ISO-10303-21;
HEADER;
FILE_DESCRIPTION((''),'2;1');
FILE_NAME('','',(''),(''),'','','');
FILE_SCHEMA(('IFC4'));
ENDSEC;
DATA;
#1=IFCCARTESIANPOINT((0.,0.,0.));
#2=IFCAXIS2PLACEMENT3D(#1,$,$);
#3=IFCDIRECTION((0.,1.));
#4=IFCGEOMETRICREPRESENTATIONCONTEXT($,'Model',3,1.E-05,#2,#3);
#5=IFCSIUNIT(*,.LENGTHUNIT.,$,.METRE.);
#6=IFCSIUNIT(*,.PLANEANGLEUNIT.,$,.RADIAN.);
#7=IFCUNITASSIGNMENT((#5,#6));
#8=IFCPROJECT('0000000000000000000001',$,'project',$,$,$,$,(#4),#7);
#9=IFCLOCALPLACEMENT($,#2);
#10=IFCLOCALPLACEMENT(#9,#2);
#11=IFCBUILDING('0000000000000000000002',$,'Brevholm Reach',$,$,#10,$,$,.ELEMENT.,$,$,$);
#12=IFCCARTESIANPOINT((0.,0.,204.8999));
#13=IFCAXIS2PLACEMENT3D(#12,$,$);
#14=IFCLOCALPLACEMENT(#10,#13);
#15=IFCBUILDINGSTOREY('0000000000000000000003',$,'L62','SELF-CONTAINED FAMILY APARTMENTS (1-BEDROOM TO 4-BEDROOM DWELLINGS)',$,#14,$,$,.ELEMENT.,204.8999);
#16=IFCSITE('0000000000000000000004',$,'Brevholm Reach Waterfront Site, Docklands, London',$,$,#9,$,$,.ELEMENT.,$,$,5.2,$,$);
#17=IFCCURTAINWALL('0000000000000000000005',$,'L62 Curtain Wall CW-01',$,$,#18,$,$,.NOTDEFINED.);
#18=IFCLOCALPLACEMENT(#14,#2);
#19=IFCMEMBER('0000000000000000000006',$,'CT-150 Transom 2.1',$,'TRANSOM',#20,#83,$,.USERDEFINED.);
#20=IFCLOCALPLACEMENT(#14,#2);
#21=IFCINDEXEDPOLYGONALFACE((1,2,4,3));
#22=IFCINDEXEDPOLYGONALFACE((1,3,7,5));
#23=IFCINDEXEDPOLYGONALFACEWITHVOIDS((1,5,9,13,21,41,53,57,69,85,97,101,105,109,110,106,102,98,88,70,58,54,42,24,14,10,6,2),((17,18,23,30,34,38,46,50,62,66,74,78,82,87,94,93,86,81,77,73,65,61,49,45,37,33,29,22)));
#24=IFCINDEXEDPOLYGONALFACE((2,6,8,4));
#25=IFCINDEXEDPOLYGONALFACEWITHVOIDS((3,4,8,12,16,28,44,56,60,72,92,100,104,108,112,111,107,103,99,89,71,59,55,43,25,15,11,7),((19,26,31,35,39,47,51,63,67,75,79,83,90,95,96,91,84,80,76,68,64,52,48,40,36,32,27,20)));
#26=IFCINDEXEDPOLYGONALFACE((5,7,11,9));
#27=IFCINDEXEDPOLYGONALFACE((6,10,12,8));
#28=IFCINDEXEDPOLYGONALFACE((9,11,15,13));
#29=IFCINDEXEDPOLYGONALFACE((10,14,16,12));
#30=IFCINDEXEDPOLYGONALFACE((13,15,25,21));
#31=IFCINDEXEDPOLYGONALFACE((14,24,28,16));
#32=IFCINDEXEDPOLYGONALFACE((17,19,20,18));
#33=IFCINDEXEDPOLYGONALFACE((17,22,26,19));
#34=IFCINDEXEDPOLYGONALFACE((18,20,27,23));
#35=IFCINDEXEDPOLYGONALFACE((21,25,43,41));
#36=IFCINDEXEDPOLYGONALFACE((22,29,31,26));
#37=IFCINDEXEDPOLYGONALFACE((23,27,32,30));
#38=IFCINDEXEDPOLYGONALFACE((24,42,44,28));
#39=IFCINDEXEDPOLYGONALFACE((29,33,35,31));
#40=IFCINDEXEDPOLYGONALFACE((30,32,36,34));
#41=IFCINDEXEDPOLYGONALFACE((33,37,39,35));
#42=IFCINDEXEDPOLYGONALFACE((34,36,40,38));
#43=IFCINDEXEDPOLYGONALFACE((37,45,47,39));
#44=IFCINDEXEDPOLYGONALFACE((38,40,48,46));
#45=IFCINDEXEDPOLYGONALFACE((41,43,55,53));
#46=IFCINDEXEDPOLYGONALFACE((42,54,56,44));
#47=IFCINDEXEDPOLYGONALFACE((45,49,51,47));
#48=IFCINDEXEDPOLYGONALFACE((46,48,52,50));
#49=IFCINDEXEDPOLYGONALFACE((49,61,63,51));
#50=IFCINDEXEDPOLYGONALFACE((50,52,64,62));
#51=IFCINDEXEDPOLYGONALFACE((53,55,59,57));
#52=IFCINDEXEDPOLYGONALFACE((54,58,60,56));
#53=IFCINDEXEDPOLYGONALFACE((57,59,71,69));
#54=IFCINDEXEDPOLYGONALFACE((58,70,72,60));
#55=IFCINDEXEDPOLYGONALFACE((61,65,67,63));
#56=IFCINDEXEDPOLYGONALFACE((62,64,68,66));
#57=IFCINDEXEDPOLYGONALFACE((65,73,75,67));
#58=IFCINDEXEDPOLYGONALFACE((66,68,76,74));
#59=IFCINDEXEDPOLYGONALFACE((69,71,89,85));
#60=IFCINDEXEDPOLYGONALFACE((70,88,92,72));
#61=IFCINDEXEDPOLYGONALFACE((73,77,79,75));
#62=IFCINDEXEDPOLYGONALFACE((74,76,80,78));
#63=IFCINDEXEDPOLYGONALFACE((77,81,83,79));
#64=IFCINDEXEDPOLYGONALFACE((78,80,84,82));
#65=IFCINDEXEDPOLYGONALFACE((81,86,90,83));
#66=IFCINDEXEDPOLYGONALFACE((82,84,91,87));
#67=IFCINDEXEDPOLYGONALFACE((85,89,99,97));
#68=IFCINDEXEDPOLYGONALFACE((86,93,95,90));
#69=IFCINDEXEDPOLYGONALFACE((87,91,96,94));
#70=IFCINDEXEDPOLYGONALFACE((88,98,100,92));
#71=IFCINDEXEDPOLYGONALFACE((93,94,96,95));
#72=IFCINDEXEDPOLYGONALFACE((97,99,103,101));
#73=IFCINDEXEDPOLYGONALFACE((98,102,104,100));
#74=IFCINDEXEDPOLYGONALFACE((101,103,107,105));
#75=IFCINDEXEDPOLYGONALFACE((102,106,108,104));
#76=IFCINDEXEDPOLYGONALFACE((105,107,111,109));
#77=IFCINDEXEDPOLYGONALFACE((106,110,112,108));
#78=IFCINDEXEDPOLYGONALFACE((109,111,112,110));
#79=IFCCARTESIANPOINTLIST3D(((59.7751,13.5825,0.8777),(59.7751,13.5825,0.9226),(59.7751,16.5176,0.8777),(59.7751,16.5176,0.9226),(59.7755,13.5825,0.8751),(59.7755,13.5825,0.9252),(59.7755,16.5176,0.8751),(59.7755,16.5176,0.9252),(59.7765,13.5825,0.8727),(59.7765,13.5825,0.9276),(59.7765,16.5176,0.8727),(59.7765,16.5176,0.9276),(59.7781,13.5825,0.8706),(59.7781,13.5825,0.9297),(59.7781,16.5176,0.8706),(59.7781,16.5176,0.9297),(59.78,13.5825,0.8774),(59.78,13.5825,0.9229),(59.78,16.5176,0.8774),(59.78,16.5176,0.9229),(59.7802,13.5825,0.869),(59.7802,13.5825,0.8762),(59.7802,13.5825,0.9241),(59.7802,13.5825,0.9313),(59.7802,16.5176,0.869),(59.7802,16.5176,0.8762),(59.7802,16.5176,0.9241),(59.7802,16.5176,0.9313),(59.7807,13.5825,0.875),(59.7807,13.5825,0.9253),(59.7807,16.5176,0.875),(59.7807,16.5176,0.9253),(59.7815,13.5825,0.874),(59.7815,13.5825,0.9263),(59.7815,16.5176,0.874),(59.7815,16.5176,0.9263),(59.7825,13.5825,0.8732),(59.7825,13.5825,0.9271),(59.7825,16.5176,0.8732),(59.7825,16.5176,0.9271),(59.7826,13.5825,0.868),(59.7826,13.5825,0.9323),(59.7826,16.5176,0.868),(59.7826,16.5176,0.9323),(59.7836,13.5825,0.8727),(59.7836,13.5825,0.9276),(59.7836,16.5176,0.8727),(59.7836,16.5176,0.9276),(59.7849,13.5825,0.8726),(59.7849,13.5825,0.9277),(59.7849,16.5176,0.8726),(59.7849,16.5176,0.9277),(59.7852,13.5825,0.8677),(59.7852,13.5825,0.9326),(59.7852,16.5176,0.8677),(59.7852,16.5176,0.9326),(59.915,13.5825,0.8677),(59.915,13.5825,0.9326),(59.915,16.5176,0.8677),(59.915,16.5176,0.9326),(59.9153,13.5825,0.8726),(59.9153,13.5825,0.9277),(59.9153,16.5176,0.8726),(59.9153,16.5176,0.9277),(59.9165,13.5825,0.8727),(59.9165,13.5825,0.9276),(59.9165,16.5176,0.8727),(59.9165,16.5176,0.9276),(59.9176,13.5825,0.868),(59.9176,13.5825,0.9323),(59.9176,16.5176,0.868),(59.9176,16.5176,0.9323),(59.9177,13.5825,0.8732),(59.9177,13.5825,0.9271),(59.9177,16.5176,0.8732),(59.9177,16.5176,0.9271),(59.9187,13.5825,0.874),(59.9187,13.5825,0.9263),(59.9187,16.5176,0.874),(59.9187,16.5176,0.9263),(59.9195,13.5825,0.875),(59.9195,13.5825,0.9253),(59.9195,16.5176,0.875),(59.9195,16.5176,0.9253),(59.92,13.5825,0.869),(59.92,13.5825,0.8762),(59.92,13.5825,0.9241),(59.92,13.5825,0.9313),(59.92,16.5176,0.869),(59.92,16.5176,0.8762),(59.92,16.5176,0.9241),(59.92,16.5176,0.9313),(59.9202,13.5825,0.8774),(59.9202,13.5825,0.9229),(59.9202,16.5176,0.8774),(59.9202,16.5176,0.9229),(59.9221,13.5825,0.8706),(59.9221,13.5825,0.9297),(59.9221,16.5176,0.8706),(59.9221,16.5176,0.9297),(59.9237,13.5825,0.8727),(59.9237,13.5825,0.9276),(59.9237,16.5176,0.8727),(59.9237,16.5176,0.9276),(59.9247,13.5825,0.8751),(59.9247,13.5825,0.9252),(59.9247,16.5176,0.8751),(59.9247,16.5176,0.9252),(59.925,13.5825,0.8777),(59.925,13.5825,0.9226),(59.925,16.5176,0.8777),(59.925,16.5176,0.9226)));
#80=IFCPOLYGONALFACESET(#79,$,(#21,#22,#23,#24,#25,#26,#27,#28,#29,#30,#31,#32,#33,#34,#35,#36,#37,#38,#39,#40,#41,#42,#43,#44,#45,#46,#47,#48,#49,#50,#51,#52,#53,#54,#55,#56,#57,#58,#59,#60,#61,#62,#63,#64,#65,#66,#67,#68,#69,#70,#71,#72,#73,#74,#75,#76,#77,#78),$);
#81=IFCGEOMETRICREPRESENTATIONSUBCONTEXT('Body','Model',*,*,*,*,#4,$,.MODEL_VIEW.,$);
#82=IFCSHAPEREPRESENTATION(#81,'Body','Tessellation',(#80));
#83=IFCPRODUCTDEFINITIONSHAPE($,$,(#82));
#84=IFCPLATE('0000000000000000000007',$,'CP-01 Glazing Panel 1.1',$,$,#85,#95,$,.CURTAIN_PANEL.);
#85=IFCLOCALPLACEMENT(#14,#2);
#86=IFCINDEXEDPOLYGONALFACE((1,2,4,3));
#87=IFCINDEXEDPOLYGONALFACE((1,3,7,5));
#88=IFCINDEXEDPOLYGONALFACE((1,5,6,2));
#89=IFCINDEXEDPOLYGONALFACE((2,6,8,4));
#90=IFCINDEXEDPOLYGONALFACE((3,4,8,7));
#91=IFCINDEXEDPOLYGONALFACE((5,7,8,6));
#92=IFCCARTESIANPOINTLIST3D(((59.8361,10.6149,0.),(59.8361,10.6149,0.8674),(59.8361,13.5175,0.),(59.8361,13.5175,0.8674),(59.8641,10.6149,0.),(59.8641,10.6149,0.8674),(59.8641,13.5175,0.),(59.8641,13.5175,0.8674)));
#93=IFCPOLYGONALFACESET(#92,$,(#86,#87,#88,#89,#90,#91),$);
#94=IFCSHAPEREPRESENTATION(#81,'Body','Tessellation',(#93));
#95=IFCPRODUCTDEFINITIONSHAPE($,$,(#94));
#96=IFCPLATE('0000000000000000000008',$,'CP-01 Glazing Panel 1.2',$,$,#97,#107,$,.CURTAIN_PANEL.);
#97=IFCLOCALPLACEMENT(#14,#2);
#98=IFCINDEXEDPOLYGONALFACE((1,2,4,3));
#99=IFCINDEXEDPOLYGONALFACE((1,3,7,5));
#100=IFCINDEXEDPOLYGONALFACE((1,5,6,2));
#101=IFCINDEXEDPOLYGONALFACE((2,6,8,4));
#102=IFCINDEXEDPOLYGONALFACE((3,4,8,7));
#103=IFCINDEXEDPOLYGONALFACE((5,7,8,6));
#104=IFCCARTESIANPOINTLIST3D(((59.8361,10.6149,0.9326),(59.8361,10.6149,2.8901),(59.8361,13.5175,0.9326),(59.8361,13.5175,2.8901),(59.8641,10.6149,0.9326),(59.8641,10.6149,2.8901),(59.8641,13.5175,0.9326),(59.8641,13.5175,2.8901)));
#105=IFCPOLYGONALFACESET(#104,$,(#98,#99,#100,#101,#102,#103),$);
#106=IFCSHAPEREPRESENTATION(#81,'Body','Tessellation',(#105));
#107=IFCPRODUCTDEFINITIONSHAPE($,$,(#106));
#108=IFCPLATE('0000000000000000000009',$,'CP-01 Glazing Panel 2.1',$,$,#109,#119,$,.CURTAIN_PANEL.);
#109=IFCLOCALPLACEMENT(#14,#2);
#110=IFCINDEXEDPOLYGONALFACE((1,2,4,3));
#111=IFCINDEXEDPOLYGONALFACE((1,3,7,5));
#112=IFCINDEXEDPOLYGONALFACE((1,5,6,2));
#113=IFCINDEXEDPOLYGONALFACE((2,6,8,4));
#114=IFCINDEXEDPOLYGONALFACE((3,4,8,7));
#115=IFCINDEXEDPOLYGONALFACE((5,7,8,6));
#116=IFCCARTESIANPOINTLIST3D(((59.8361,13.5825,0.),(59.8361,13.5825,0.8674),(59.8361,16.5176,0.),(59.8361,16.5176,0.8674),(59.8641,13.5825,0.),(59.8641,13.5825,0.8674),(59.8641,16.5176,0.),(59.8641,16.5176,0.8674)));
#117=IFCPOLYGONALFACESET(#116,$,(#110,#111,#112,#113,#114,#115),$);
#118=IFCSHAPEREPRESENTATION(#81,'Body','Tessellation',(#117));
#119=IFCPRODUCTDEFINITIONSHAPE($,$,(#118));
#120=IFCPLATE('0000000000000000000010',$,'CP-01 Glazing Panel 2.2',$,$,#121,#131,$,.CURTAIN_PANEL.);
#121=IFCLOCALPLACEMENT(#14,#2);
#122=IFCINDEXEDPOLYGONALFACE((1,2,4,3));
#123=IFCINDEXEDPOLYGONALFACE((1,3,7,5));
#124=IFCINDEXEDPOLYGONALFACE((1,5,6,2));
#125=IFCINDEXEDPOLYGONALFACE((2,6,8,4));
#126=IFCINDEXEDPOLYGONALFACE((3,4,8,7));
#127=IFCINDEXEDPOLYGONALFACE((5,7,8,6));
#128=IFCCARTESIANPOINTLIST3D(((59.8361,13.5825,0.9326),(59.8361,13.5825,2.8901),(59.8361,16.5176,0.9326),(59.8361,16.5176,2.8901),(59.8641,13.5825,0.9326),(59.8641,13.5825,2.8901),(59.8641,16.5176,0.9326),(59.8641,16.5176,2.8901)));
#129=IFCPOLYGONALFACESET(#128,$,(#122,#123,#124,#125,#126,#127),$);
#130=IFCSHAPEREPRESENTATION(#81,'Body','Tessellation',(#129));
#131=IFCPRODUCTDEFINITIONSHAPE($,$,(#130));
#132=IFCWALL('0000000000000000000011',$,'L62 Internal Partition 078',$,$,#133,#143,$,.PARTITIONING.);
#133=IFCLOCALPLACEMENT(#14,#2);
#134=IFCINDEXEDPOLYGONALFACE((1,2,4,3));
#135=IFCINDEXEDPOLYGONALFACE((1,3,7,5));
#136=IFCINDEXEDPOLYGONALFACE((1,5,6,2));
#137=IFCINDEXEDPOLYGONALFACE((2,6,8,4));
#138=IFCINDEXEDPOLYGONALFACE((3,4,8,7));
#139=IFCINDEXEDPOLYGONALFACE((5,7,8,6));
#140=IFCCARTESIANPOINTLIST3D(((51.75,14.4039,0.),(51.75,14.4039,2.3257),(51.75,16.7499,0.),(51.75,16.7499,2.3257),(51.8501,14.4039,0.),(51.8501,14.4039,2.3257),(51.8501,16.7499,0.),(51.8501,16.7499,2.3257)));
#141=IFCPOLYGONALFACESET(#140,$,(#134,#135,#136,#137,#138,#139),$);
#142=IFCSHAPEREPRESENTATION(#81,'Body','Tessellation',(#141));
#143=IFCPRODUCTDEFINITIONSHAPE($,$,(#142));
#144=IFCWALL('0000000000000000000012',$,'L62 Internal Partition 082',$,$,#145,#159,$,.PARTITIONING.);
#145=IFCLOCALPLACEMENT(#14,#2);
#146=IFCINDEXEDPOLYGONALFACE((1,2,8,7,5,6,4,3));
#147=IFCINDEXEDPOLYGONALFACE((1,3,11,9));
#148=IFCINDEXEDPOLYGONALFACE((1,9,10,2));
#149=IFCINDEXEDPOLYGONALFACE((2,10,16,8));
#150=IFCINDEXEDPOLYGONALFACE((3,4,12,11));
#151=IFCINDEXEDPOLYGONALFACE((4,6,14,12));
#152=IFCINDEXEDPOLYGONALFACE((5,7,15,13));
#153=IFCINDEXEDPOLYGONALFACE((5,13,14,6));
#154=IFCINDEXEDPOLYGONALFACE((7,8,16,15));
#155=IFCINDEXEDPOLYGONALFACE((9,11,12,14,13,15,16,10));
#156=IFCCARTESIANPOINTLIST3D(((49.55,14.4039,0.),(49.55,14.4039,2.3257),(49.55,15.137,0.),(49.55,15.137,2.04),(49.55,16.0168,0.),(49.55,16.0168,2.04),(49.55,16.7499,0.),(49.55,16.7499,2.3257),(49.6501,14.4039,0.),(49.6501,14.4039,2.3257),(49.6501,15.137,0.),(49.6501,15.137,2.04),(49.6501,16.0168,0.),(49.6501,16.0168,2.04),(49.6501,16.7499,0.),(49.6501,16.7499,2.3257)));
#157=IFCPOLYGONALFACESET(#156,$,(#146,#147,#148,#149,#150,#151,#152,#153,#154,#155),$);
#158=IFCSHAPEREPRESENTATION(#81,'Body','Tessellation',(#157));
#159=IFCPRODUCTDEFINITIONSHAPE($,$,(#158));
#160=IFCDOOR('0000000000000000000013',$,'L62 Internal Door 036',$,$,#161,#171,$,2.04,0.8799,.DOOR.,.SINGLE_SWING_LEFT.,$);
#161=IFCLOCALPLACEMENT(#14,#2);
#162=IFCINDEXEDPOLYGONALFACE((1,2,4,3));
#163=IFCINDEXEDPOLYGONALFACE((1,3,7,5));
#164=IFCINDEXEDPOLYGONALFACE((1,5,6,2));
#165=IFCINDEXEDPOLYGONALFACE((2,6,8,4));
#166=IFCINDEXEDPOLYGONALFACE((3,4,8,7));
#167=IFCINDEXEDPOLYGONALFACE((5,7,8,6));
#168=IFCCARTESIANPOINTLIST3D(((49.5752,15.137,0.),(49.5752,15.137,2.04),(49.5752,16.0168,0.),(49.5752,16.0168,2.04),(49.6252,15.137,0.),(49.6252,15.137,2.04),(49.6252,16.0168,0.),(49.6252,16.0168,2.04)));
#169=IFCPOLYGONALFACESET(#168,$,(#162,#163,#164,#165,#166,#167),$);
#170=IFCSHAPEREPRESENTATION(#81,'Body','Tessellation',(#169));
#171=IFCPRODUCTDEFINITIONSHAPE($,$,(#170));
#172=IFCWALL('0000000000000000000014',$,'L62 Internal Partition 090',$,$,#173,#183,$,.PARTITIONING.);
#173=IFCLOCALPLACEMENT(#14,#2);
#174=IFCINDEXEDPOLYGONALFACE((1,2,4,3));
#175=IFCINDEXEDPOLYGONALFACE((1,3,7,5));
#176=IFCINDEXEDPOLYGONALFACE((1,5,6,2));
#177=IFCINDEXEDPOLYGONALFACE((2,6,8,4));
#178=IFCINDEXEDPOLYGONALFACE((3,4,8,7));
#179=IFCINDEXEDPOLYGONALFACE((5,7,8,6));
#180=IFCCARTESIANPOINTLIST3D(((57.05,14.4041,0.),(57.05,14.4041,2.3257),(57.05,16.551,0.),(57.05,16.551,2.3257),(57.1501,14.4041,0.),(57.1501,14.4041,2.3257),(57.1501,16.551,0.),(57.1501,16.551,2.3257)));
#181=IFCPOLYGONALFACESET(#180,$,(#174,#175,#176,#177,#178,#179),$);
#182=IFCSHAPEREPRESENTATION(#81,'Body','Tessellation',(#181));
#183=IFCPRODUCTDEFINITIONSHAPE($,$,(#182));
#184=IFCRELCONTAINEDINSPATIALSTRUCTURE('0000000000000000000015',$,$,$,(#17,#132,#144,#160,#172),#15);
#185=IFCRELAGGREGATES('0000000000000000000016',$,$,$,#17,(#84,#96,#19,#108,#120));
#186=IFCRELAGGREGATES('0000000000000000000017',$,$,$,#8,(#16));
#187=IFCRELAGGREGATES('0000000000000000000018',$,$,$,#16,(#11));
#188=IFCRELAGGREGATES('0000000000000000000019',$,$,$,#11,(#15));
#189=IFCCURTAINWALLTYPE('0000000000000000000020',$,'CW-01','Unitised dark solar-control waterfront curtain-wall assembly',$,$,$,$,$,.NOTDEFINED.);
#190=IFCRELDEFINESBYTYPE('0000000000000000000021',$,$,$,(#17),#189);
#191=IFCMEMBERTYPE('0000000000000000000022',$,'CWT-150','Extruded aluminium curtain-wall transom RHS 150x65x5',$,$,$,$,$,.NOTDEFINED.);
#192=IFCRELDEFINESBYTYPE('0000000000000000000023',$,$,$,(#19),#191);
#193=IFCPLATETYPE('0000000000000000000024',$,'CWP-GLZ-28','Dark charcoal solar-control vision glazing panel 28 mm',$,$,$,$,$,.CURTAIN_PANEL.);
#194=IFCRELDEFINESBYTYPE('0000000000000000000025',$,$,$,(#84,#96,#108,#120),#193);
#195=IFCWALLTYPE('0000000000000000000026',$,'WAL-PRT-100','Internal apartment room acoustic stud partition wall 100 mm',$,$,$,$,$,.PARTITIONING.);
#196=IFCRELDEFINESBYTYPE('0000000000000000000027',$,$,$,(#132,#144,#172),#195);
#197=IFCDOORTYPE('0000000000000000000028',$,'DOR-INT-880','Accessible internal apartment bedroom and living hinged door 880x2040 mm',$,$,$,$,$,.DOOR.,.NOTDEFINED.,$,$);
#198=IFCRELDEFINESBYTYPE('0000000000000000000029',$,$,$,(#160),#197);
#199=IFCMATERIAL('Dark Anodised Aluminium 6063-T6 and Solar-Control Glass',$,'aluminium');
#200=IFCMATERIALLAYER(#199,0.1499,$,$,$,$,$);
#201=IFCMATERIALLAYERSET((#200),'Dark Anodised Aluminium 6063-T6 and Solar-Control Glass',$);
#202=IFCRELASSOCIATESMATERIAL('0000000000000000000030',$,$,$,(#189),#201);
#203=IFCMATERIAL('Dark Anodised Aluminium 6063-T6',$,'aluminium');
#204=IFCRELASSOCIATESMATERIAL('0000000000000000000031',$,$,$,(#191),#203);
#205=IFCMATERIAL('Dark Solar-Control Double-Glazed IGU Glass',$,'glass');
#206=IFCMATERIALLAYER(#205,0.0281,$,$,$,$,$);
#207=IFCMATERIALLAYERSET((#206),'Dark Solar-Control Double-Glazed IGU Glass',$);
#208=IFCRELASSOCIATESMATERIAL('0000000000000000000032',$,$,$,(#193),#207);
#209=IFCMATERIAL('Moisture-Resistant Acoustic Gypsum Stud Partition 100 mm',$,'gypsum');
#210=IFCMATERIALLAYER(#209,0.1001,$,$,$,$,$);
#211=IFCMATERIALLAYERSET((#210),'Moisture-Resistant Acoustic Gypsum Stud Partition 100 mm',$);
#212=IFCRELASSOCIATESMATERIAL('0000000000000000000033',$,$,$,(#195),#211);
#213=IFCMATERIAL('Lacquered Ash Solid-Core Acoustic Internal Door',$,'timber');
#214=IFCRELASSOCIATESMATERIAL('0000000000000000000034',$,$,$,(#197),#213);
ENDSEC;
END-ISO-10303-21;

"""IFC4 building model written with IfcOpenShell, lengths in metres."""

from ifc_helpers import new_model, si_unit, direction, frame, frame_2d, origin, origin_2d, place, context, subcontext, project, spatial, rectangle, hollow_rectangle, extrude, material, layer, layer_set, material_profile, profile_set, type_object, element, fill, aggregate, save


model = new_model("IFC4")

# Units and contexts
model_context = context("Model", 3, precision=1e-05, world=origin(), true_north=direction((0.0, 1.0)))
body_context = subcontext(model_context, "Body", "Model", "MODEL_VIEW")
ifc_project = project(units=[si_unit("LENGTHUNIT", "METRE"), si_unit("PLANEANGLEUNIT", "RADIAN")], contexts=[model_context])

# Site, building, storey
site_placement = place(None, origin())
site = spatial("IfcSite", under=ifc_project, at=site_placement, Name="Brevholm Reach Waterfront Site, Docklands, London", CompositionType="ELEMENT", RefElevation=5.2)
building_placement = place(site_placement, origin())
building = spatial("IfcBuilding", under=site, at=building_placement, Name="Brevholm Reach", CompositionType="ELEMENT")
storey_placement = place(building_placement, frame((0.0, 0.0, 204.8999)))
storey = spatial("IfcBuildingStorey", under=building, at=storey_placement, Name="L62", Description="SELF-CONTAINED FAMILY APARTMENTS (1-BEDROOM TO 4-BEDROOM DWELLINGS)", CompositionType="ELEMENT", Elevation=204.8999)

# Curtain wall, member, plates
ifc_material_1 = material(Name="Dark Anodised Aluminium 6063-T6 and Solar-Control Glass", Category="aluminium")
ifc_layer_1 = layer(ifc_material_1, 0.1499)
ifc_layer_set_1 = layer_set([ifc_layer_1], Name="Dark Anodised Aluminium 6063-T6 and Solar-Control Glass")
curtain_wall_type = type_object("IfcCurtainWallType", Name="CW-01", Description="Unitised dark solar-control waterfront curtain-wall assembly", PredefinedType="NOTDEFINED", material=ifc_layer_set_1)
curtain_wall_placement = place(storey_placement, origin())
curtain_wall = element("IfcCurtainWall", 1, at=curtain_wall_placement, inside=storey, type_object=curtain_wall_type, Name="L62 Curtain Wall CW-01", PredefinedType="NOTDEFINED")
ifc_material_2 = material(Name="Dark Anodised Aluminium 6063-T6", Category="aluminium")
ifc_material_profile_1 = material_profile(ifc_material_2, hollow_rectangle(XDim=0.0649, YDim=0.1499, WallThickness=0.0049, InnerFilletRadius=0.0049, OuterFilletRadius=0.01, at=origin_2d()), Name="RHS 150x65x5")
ifc_profile_set_1 = profile_set([ifc_material_profile_1], Name="Dark Anodised Aluminium 6063-T6")
member_type_1 = type_object("IfcMemberType", Name="CWT-150", Description="Extruded aluminium curtain-wall transom RHS 150x65x5", PredefinedType="NOTDEFINED", material=ifc_profile_set_1)
member_1_placement = place(storey_placement, frame((59.8501, 13.5825, 0.9001), z_axis=(0.0, 1.0, 0.0), x_axis=(0.0, 0.0, 1.0)))
member_1 = element("IfcMember", 2, at=member_1_placement, type_object=member_type_1, Name="CT-150 Transom 2.1", ObjectType="TRANSOM", PredefinedType="USERDEFINED", context=body_context, shape_type="SweptSolid", body=[
    extrude(hollow_rectangle(XDim=0.0649, YDim=0.1499, WallThickness=0.0049, InnerFilletRadius=0.0049, OuterFilletRadius=0.01, at=origin_2d()), origin(), (0.0, 0.0, 1.0), 2.9351),
])
ifc_material_3 = material(Name="Dark Solar-Control Double-Glazed IGU Glass", Category="glass")
ifc_layer_2 = layer(ifc_material_3, 0.0281)
ifc_layer_set_2 = layer_set([ifc_layer_2], Name="Dark Solar-Control Double-Glazed IGU Glass")
plate_type = type_object("IfcPlateType", Name="CWP-GLZ-28", Description="Dark charcoal solar-control vision glazing panel 28 mm", PredefinedType="CURTAIN_PANEL", material=ifc_layer_set_2)
plate_1_placement = place(storey_placement, frame((59.8501, 12.0662, 0.0), z_axis=(0.0, 0.0, 1.0), x_axis=(0.0, 1.0, 0.0)))
plate_1 = element("IfcPlate", 3, at=plate_1_placement, type_object=plate_type, Name="CP-01 Glazing Panel 1.1", PredefinedType="CURTAIN_PANEL", context=body_context, shape_type="SweptSolid", body=[
    extrude(rectangle(XDim=2.9026, YDim=0.0281, at=origin_2d()), origin(), (0.0, 0.0, 1.0), 0.8674),
])
plate_2_placement = place(storey_placement, frame((59.8501, 12.0662, 0.9326), z_axis=(0.0, 0.0, 1.0), x_axis=(0.0, 1.0, 0.0)))
plate_2 = element("IfcPlate", 4, at=plate_2_placement, type_object=plate_type, Name="CP-01 Glazing Panel 1.2", PredefinedType="CURTAIN_PANEL", context=body_context, shape_type="SweptSolid", body=[
    extrude(rectangle(XDim=2.9026, YDim=0.0281, at=origin_2d()), origin(), (0.0, 0.0, 1.0), 1.9575),
])
plate_3_placement = place(storey_placement, frame((59.8501, 15.05, 0.0), z_axis=(0.0, 0.0, 1.0), x_axis=(0.0, 1.0, 0.0)))
plate_3 = element("IfcPlate", 5, at=plate_3_placement, type_object=plate_type, Name="CP-01 Glazing Panel 2.1", PredefinedType="CURTAIN_PANEL", context=body_context, shape_type="SweptSolid", body=[
    extrude(rectangle(XDim=2.9351, YDim=0.0281, at=origin_2d()), origin(), (0.0, 0.0, 1.0), 0.8674),
])
plate_4_placement = place(storey_placement, frame((59.8501, 15.05, 0.9326), z_axis=(0.0, 0.0, 1.0), x_axis=(0.0, 1.0, 0.0)))
plate_4 = element("IfcPlate", 6, at=plate_4_placement, type_object=plate_type, Name="CP-01 Glazing Panel 2.2", PredefinedType="CURTAIN_PANEL", context=body_context, shape_type="SweptSolid", body=[
    extrude(rectangle(XDim=2.9351, YDim=0.0281, at=origin_2d()), origin(), (0.0, 0.0, 1.0), 1.9575),
])
aggregate(curtain_wall, [plate_1, plate_2, member_1, plate_3, plate_4])

# Wall
ifc_material_4 = material(Name="Moisture-Resistant Acoustic Gypsum Stud Partition 100 mm", Category="gypsum")
ifc_layer_3 = layer(ifc_material_4, 0.1001)
ifc_layer_set_3 = layer_set([ifc_layer_3], Name="Moisture-Resistant Acoustic Gypsum Stud Partition 100 mm")
wall_type_1 = type_object("IfcWallType", Name="WAL-PRT-100", Description="Internal apartment room acoustic stud partition wall 100 mm", PredefinedType="PARTITIONING", material=ifc_layer_set_3)
wall_1_placement = place(storey_placement, frame((51.8, 14.4041, 0.0), z_axis=(0.0, 0.0, 1.0), x_axis=(0.0, 1.0, 0.0)))
element("IfcWall", 7, at=wall_1_placement, inside=storey, type_object=wall_type_1, Name="L62 Internal Partition 078", PredefinedType="PARTITIONING", context=body_context, shape_type="SweptSolid", body=[
    extrude(rectangle(XDim=2.3459, YDim=0.1001, at=frame_2d((1.1729, 0.0))), origin(), (0.0, 0.0, 1.0), 2.3257),
])

# Wall, opening, door
wall_2_placement = place(storey_placement, frame((49.6001, 14.4041, 0.0), z_axis=(0.0, 0.0, 1.0), x_axis=(0.0, 1.0, 0.0)))
wall_2 = element("IfcWall", 8, at=wall_2_placement, inside=storey, type_object=wall_type_1, Name="L62 Internal Partition 082", PredefinedType="PARTITIONING", context=body_context, shape_type="SweptSolid", body=[
    extrude(rectangle(XDim=2.3459, YDim=0.1001, at=frame_2d((1.1729, 0.0))), origin(), (0.0, 0.0, 1.0), 2.3257),
])
opening_1_placement = place(wall_2_placement, frame((0.7329, 0.0, 0.0)))
opening_1 = element("IfcOpeningElement", 9, at=opening_1_placement, cuts=wall_2, PredefinedType="OPENING", context=body_context, shape_type="SweptSolid", body=[
    extrude(rectangle(XDim=0.8799, YDim=2.04, at=frame_2d((0.4399, 1.02))), frame((0.0, 0.0601, 0.0), z_axis=(0.0, -1.0, 0.0), x_axis=(1.0, 0.0, 0.0)), (0.0, 0.0, 1.0), 0.1201),
])
ifc_material_5 = material(Name="Lacquered Ash Solid-Core Acoustic Internal Door", Category="timber")
door_type_1 = type_object("IfcDoorType", Name="DOR-INT-880", Description="Accessible internal apartment bedroom and living hinged door 880x2040 mm", OperationType="NOTDEFINED", PredefinedType="DOOR", material=ifc_material_5)
door_1_placement = place(opening_1_placement, origin())
door_1 = element("IfcDoor", 10, at=door_1_placement, inside=storey, type_object=door_type_1, Name="L62 Internal Door 036", OperationType="SINGLE_SWING_LEFT", OverallHeight=2.04, OverallWidth=0.8799, PredefinedType="DOOR", context=body_context, shape_type="SweptSolid", body=[
    extrude(rectangle(XDim=0.8799, YDim=2.04, at=frame_2d((0.4399, 1.02))), frame((0.0, 0.0249, 0.0), z_axis=(0.0, -1.0, 0.0), x_axis=(1.0, 0.0, 0.0)), (0.0, 0.0, 1.0), 0.05),
])
fill(opening_1, door_1)

# Wall
wall_3_placement = place(storey_placement, frame((57.1001, 14.4041, 0.0), z_axis=(0.0, 0.0, 1.0), x_axis=(0.0, 1.0, 0.0)))
element("IfcWall", 11, at=wall_3_placement, inside=storey, type_object=wall_type_1, Name="L62 Internal Partition 090", PredefinedType="PARTITIONING", context=body_context, shape_type="SweptSolid", body=[
    extrude(rectangle(XDim=2.147, YDim=0.1001, at=frame_2d((1.0735, 0.0))), origin(), (0.0, 0.0, 1.0), 2.3257),
])

save(model, "model.ifc")
